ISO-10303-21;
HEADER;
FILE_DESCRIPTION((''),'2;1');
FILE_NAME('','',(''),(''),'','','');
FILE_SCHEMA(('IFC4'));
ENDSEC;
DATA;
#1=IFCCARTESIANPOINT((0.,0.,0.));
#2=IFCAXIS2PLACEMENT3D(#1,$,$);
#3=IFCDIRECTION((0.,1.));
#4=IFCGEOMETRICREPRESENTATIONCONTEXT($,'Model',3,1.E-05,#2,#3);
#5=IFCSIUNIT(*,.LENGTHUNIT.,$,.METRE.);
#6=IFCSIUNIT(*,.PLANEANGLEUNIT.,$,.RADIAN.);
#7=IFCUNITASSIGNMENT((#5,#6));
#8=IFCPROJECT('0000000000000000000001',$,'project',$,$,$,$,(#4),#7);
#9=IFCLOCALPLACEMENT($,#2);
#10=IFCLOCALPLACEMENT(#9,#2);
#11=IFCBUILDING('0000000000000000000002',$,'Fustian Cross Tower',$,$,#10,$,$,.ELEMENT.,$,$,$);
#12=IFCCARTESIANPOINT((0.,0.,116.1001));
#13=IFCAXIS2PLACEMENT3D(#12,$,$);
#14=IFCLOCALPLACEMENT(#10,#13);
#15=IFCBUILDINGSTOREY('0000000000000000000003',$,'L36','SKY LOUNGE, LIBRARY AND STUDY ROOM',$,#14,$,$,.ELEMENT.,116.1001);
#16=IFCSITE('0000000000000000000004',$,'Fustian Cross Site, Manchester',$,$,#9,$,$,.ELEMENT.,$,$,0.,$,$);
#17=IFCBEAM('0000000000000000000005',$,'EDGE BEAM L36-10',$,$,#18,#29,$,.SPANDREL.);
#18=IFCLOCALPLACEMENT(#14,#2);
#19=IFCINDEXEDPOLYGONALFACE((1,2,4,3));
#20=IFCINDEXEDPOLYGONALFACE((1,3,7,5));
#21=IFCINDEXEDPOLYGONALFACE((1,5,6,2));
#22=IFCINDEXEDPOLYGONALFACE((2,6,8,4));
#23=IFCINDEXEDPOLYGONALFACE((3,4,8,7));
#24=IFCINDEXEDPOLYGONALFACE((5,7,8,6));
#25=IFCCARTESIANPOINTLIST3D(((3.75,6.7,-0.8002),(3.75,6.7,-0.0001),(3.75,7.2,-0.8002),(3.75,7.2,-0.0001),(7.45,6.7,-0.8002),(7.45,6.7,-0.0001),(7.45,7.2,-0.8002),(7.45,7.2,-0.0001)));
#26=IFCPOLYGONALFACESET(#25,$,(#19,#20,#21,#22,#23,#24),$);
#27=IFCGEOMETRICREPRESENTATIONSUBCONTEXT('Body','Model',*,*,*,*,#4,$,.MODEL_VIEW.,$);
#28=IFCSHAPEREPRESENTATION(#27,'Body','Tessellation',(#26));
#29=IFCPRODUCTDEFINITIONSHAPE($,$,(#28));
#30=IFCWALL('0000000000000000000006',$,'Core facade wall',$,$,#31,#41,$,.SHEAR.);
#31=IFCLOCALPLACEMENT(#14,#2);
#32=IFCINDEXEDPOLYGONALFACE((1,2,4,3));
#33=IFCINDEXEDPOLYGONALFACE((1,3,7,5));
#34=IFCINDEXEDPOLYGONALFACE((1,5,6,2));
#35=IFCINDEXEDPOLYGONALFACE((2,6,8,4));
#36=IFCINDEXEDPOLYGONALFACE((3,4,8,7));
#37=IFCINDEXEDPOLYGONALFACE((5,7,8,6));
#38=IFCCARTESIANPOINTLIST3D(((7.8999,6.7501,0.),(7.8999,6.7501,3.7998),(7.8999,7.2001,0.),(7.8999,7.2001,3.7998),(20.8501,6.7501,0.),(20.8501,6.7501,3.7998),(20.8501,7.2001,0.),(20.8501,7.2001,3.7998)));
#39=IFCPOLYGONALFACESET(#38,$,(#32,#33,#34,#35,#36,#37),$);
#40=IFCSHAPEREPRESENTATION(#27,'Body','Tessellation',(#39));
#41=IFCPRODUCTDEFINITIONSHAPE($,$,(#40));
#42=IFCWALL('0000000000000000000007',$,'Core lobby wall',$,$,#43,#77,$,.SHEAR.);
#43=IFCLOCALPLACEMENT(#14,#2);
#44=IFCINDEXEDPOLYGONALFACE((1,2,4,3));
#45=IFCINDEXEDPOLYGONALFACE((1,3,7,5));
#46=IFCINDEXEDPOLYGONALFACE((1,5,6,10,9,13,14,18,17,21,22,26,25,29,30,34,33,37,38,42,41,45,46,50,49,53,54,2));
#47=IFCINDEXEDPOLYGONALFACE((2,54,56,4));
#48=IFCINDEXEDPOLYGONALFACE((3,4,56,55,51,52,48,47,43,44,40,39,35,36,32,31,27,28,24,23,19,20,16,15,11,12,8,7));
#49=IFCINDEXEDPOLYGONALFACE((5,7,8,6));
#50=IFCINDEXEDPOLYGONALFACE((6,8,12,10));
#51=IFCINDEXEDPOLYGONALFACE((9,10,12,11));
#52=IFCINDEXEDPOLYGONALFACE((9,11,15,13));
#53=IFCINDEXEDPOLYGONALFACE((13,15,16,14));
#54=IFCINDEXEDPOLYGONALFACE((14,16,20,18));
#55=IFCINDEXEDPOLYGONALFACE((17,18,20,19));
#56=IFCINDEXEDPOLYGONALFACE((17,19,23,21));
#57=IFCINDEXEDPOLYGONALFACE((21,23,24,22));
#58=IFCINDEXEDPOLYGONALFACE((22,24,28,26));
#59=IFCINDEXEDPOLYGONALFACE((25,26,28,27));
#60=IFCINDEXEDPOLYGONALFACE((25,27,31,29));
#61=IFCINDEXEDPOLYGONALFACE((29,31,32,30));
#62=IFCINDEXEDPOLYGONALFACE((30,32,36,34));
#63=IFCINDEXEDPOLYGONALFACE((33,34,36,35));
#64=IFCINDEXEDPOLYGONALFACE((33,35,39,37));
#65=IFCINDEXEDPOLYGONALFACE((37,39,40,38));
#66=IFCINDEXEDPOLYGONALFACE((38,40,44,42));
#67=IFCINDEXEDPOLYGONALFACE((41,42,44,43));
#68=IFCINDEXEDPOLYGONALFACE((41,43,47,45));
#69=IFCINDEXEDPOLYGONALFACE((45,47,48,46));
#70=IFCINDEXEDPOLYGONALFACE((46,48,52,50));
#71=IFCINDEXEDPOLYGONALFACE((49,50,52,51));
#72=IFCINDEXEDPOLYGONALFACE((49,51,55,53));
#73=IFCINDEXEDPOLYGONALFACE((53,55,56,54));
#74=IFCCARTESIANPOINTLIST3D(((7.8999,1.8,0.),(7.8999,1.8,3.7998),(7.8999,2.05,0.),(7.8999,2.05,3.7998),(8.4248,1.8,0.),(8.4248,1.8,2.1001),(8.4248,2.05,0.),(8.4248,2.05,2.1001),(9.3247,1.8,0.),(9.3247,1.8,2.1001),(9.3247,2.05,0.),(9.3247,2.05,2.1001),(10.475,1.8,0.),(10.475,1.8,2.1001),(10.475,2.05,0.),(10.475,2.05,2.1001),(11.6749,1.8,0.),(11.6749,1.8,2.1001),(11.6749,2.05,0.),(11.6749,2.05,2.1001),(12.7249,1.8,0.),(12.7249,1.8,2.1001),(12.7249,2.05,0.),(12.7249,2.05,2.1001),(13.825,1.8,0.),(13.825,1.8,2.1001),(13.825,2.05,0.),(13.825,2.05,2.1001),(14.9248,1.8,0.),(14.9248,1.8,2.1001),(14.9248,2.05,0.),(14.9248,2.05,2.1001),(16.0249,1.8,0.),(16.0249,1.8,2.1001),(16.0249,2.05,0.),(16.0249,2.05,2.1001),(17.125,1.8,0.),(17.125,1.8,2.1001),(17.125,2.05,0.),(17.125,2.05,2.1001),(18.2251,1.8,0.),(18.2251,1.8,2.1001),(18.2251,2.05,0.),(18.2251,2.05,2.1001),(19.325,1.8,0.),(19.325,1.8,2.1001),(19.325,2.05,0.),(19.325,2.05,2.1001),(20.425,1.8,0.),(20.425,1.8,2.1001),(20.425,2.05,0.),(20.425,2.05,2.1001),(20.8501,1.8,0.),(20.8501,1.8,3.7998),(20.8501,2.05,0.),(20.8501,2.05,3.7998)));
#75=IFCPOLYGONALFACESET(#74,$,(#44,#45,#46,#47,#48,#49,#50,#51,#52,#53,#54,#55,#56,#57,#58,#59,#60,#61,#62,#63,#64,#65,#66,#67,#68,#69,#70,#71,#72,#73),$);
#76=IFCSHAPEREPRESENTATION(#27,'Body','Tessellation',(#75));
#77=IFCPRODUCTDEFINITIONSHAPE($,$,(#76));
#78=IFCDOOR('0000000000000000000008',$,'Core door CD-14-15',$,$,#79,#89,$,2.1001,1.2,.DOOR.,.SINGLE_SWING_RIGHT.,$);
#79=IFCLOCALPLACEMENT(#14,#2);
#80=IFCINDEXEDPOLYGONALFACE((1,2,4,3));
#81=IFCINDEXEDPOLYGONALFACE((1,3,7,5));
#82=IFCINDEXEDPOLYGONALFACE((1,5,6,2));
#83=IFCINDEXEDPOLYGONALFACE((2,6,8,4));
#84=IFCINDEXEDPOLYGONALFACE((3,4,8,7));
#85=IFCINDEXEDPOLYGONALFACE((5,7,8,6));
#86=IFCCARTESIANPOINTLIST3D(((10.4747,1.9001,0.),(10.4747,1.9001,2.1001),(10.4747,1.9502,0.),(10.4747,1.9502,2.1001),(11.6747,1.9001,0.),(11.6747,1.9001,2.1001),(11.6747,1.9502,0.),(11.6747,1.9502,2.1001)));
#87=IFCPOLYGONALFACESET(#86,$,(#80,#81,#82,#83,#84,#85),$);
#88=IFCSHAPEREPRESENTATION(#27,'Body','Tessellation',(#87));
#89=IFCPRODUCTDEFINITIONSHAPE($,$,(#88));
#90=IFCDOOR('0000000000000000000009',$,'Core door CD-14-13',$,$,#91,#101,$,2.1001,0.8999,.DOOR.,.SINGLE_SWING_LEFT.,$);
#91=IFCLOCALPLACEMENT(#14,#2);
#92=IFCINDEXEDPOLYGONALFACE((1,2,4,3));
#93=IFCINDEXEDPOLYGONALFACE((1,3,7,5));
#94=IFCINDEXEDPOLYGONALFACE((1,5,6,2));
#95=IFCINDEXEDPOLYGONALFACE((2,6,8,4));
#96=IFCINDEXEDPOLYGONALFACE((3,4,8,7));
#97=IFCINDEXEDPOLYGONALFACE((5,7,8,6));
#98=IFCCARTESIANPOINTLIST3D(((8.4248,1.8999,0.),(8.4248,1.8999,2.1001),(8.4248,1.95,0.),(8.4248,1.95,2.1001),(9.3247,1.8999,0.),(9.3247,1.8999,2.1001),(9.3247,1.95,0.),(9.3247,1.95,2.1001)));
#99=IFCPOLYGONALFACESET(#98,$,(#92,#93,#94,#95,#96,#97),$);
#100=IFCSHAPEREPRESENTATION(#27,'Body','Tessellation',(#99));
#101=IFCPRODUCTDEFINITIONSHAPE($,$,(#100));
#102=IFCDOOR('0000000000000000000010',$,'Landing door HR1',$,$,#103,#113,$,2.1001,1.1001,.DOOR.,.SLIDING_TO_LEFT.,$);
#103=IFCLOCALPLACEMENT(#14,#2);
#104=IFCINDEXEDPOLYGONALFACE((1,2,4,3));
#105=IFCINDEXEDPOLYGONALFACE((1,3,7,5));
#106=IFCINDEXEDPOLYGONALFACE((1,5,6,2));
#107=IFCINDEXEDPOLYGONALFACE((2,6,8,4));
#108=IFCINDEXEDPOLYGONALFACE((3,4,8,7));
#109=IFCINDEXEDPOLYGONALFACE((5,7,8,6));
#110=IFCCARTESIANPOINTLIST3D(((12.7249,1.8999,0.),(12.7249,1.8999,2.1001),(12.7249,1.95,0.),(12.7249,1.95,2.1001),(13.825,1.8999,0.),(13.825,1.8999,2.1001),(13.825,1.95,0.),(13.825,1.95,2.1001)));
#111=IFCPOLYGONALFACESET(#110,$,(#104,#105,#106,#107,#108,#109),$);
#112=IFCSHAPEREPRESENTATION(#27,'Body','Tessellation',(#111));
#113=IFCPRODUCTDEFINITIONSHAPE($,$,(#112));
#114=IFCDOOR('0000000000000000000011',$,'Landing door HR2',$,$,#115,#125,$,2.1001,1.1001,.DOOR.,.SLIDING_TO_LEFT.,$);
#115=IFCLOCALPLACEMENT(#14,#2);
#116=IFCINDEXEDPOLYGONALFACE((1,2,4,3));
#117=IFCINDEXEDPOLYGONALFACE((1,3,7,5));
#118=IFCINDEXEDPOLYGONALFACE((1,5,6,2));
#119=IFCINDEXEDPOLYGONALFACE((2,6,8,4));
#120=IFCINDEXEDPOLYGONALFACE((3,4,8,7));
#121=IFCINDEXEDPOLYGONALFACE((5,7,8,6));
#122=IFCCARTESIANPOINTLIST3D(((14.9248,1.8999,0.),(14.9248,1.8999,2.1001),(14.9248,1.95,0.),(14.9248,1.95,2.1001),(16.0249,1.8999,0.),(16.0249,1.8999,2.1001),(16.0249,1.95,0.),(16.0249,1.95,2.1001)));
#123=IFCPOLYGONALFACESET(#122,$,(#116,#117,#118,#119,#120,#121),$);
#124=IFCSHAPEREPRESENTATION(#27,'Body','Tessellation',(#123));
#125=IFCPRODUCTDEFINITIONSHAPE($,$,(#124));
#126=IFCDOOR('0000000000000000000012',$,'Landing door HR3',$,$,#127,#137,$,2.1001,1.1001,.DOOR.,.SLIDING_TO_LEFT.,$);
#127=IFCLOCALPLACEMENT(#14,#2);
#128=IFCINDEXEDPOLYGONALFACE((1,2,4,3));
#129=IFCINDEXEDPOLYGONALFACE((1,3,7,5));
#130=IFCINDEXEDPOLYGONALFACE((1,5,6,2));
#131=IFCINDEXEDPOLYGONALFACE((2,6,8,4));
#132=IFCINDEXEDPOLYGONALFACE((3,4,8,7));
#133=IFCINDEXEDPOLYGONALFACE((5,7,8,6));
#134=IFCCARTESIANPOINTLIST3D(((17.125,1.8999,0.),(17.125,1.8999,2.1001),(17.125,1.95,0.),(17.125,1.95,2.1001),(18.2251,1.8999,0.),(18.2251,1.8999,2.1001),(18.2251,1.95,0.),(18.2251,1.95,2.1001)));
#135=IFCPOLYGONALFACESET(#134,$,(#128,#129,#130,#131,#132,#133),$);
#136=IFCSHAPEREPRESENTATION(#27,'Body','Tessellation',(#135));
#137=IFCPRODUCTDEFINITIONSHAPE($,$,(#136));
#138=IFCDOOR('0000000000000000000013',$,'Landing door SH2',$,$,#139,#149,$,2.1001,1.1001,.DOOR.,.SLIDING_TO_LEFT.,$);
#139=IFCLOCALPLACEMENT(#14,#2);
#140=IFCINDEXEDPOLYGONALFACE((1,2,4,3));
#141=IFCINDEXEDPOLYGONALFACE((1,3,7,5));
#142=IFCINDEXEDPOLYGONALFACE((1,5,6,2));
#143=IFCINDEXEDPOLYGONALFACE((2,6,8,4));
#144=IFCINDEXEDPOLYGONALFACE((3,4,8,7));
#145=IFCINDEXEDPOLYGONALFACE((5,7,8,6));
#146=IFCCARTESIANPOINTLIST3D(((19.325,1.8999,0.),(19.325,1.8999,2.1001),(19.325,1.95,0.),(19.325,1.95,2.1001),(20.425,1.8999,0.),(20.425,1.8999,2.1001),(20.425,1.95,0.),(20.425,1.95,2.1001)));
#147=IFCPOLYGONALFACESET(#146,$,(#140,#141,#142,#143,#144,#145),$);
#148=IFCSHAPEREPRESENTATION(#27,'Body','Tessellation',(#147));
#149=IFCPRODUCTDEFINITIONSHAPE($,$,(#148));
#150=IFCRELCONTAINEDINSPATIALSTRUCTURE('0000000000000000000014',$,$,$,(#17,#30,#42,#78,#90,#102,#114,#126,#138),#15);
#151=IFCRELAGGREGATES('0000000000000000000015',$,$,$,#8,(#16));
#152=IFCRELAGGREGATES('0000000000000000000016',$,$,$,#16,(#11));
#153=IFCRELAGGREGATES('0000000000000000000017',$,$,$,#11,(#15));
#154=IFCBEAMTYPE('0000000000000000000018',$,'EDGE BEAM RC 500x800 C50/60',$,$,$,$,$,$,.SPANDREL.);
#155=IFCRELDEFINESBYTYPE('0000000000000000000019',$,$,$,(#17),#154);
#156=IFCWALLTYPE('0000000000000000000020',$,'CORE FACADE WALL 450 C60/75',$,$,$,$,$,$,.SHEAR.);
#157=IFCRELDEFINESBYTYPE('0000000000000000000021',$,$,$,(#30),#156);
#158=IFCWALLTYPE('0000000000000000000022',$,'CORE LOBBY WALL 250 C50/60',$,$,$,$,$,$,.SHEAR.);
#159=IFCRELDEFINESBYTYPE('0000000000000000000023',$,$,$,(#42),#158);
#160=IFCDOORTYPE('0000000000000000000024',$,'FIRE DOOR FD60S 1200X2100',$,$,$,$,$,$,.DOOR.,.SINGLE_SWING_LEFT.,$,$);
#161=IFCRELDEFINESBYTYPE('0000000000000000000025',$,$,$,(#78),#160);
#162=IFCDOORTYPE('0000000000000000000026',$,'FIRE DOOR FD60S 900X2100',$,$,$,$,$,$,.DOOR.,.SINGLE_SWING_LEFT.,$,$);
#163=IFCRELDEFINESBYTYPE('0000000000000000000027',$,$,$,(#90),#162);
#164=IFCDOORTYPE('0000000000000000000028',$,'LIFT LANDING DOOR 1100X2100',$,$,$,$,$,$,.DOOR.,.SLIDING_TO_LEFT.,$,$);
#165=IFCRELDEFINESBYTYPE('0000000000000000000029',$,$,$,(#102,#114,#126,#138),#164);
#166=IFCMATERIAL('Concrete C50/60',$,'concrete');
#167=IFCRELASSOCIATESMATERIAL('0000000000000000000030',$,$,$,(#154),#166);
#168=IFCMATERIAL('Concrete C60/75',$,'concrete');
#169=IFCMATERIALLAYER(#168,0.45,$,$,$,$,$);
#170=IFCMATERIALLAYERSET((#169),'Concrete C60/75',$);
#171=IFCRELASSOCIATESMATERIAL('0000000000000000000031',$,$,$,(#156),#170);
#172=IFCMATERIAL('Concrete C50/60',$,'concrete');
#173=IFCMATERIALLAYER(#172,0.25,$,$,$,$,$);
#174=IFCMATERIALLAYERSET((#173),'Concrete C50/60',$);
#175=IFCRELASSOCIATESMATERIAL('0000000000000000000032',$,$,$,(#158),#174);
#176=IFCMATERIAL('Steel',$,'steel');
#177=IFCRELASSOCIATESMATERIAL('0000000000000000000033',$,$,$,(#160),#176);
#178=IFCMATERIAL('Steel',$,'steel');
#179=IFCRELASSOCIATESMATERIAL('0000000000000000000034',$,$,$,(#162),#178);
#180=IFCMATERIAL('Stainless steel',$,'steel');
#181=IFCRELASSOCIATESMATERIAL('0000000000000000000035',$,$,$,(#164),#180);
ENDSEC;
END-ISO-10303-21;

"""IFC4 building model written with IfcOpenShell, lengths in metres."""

from ifc_helpers import new_model, si_unit, direction, frame, frame_2d, origin, origin_2d, place, context, subcontext, project, spatial, rectangle, extrude, material, layer, layer_set, material_profile, profile_set, type_object, element, fill, save


model = new_model("IFC4")

# Units and contexts
model_context = context("Model", 3, precision=1e-05, world=origin(), true_north=direction((0.0, 1.0)))
body_context = subcontext(model_context, "Body", "Model", "MODEL_VIEW")
ifc_project = project(units=[si_unit("LENGTHUNIT", "METRE"), si_unit("PLANEANGLEUNIT", "RADIAN")], contexts=[model_context])

# Site, building, storey
site_placement = place(None, origin())
site = spatial("IfcSite", under=ifc_project, at=site_placement, Name="Fustian Cross Site, Manchester", CompositionType="ELEMENT", RefElevation=0.0)
building_placement = place(site_placement, origin())
building = spatial("IfcBuilding", under=site, at=building_placement, Name="Fustian Cross Tower", CompositionType="ELEMENT")
storey_placement = place(building_placement, frame((0.0, 0.0, 116.1001)))
storey = spatial("IfcBuildingStorey", under=building, at=storey_placement, Name="L36", Description="SKY LOUNGE, LIBRARY AND STUDY ROOM", CompositionType="ELEMENT", Elevation=116.1001)

# Beam
ifc_material_1 = material(Name="Concrete C50/60", Category="concrete")
ifc_material_profile_1 = material_profile(ifc_material_1, rectangle(XDim=0.5, YDim=0.8, at=origin_2d()), Name="RC 500x800")
ifc_profile_set_1 = profile_set([ifc_material_profile_1], Name="Concrete C50/60")
beam_type = type_object("IfcBeamType", Name="EDGE BEAM RC 500x800 C50/60", PredefinedType="SPANDREL", material=ifc_profile_set_1)
beam_placement = place(storey_placement, frame((7.45, 6.95, -0.4001), z_axis=(-1.0, 0.0, 0.0), x_axis=(0.0, -1.0, 0.0)))
element("IfcBeam", 1, at=beam_placement, inside=storey, type_object=beam_type, Name="EDGE BEAM L36-10", PredefinedType="SPANDREL", context=body_context, shape_type="SweptSolid", body=[
    extrude(rectangle(XDim=0.5, YDim=0.8, at=origin_2d()), origin(), (0.0, 0.0, 1.0), 3.7),
])

# Wall
ifc_material_2 = material(Name="Concrete C60/75", Category="concrete")
ifc_layer_1 = layer(ifc_material_2, 0.45)
ifc_layer_set_1 = layer_set([ifc_layer_1], Name="Concrete C60/75")
wall_type_1 = type_object("IfcWallType", Name="CORE FACADE WALL 450 C60/75", PredefinedType="SHEAR", material=ifc_layer_set_1)
wall_1_placement = place(storey_placement, frame((7.8999, 6.9751, 0.0), z_axis=(0.0, 0.0, 1.0), x_axis=(1.0, 0.0, 0.0)))
element("IfcWall", 2, at=wall_1_placement, inside=storey, type_object=wall_type_1, Name="Core facade wall", PredefinedType="SHEAR", context=body_context, shape_type="SweptSolid", body=[
    extrude(rectangle(XDim=12.9502, YDim=0.45, at=frame_2d((6.4751, 0.0))), origin(), (0.0, 0.0, 1.0), 3.7998),
])

# Wall, openings, doors
ifc_material_3 = material(Name="Concrete C50/60", Category="concrete")
ifc_layer_2 = layer(ifc_material_3, 0.25)
ifc_layer_set_2 = layer_set([ifc_layer_2], Name="Concrete C50/60")
wall_type_2 = type_object("IfcWallType", Name="CORE LOBBY WALL 250 C50/60", PredefinedType="SHEAR", material=ifc_layer_set_2)
wall_2_placement = place(storey_placement, frame((7.8999, 1.925, 0.0), z_axis=(0.0, 0.0, 1.0), x_axis=(1.0, 0.0, 0.0)))
wall_2 = element("IfcWall", 3, at=wall_2_placement, inside=storey, type_object=wall_type_2, Name="Core lobby wall", PredefinedType="SHEAR", context=body_context, shape_type="SweptSolid", body=[
    extrude(rectangle(XDim=12.9502, YDim=0.25, at=frame_2d((6.4751, 0.0))), origin(), (0.0, 0.0, 1.0), 3.7998),
])
opening_1_placement = place(wall_2_placement, frame((4.825, 0.0, 0.0)))
opening_1 = element("IfcOpeningElement", 4, at=opening_1_placement, cuts=wall_2, PredefinedType="OPENING", context=body_context, shape_type="SweptSolid", body=[
    extrude(rectangle(XDim=1.1001, YDim=2.1001, at=frame_2d((0.55, 1.05))), frame((0.0, 0.135, 0.0), z_axis=(0.0, -1.0, 0.0), x_axis=(1.0, 0.0, 0.0)), (0.0, 0.0, 1.0), 0.27),
])
opening_2_placement = place(wall_2_placement, frame((7.0249, 0.0, 0.0)))
opening_2 = element("IfcOpeningElement", 5, at=opening_2_placement, cuts=wall_2, PredefinedType="OPENING", context=body_context, shape_type="SweptSolid", body=[
    extrude(rectangle(XDim=1.1001, YDim=2.1001, at=frame_2d((0.55, 1.05))), frame((0.0, 0.135, 0.0), z_axis=(0.0, -1.0, 0.0), x_axis=(1.0, 0.0, 0.0)), (0.0, 0.0, 1.0), 0.27),
])
opening_3_placement = place(wall_2_placement, frame((9.2251, 0.0, 0.0)))
opening_3 = element("IfcOpeningElement", 6, at=opening_3_placement, cuts=wall_2, PredefinedType="OPENING", context=body_context, shape_type="SweptSolid", body=[
    extrude(rectangle(XDim=1.1001, YDim=2.1001, at=frame_2d((0.55, 1.05))), frame((0.0, 0.135, 0.0), z_axis=(0.0, -1.0, 0.0), x_axis=(1.0, 0.0, 0.0)), (0.0, 0.0, 1.0), 0.27),
])
opening_4_placement = place(wall_2_placement, frame((11.425, 0.0, 0.0)))
opening_4 = element("IfcOpeningElement", 7, at=opening_4_placement, cuts=wall_2, PredefinedType="OPENING", context=body_context, shape_type="SweptSolid", body=[
    extrude(rectangle(XDim=1.1001, YDim=2.1001, at=frame_2d((0.55, 1.05))), frame((0.0, 0.135, 0.0), z_axis=(0.0, -1.0, 0.0), x_axis=(1.0, 0.0, 0.0)), (0.0, 0.0, 1.0), 0.27),
])
opening_5_placement = place(wall_2_placement, frame((0.5249, 0.0, 0.0)))
opening_5 = element("IfcOpeningElement", 8, at=opening_5_placement, cuts=wall_2, PredefinedType="OPENING", context=body_context, shape_type="SweptSolid", body=[
    extrude(rectangle(XDim=0.8999, YDim=2.1001, at=frame_2d((0.45, 1.05))), frame((0.0, 0.135, 0.0), z_axis=(0.0, -1.0, 0.0), x_axis=(1.0, 0.0, 0.0)), (0.0, 0.0, 1.0), 0.27),
])
opening_6_placement = place(wall_2_placement, frame((2.575, 0.0, 0.0)))
opening_6 = element("IfcOpeningElement", 9, at=opening_6_placement, cuts=wall_2, PredefinedType="OPENING", context=body_context, shape_type="SweptSolid", body=[
    extrude(rectangle(XDim=1.2, YDim=2.1001, at=frame_2d((0.6001, 1.05))), frame((0.0, 0.135, 0.0), z_axis=(0.0, -1.0, 0.0), x_axis=(1.0, 0.0, 0.0)), (0.0, 0.0, 1.0), 0.27),
])
ifc_material_4 = material(Name="Steel", Category="steel")
door_type_1 = type_object("IfcDoorType", Name="FIRE DOOR FD60S 1200X2100", OperationType="SINGLE_SWING_LEFT", PredefinedType="DOOR", material=ifc_material_4)
door_1_placement = place(opening_6_placement, frame((1.2, 0.0, 0.0), z_axis=(0.0, 0.0, 1.0), x_axis=(-1.0, 0.0, 0.0)))
door_1 = element("IfcDoor", 10, at=door_1_placement, inside=storey, type_object=door_type_1, Name="Core door CD-14-15", OperationType="SINGLE_SWING_RIGHT", OverallHeight=2.1001, OverallWidth=1.2, PredefinedType="DOOR", context=body_context, shape_type="SweptSolid", body=[
    extrude(rectangle(XDim=1.2, YDim=2.1001, at=frame_2d((0.6001, 1.05))), frame((0.0, 0.0249, 0.0), z_axis=(0.0, -1.0, 0.0), x_axis=(1.0, 0.0, 0.0)), (0.0, 0.0, 1.0), 0.05),
])
fill(opening_6, door_1)
ifc_material_5 = material(Name="Steel", Category="steel")
door_type_2 = type_object("IfcDoorType", Name="FIRE DOOR FD60S 900X2100", OperationType="SINGLE_SWING_LEFT", PredefinedType="DOOR", material=ifc_material_5)
door_2_placement = place(opening_5_placement, origin())
door_2 = element("IfcDoor", 11, at=door_2_placement, inside=storey, type_object=door_type_2, Name="Core door CD-14-13", OperationType="SINGLE_SWING_LEFT", OverallHeight=2.1001, OverallWidth=0.8999, PredefinedType="DOOR", context=body_context, shape_type="SweptSolid", body=[
    extrude(rectangle(XDim=0.8999, YDim=2.1001, at=frame_2d((0.45, 1.05))), frame((0.0, 0.0249, 0.0), z_axis=(0.0, -1.0, 0.0), x_axis=(1.0, 0.0, 0.0)), (0.0, 0.0, 1.0), 0.05),
])
fill(opening_5, door_2)
ifc_material_6 = material(Name="Stainless steel", Category="steel")
door_type_3 = type_object("IfcDoorType", Name="LIFT LANDING DOOR 1100X2100", OperationType="SLIDING_TO_LEFT", PredefinedType="DOOR", material=ifc_material_6)
door_3_placement = place(opening_1_placement, origin())
door_3 = element("IfcDoor", 12, at=door_3_placement, inside=storey, type_object=door_type_3, Name="Landing door HR1", OperationType="SLIDING_TO_LEFT", OverallHeight=2.1001, OverallWidth=1.1001, PredefinedType="DOOR", context=body_context, shape_type="SweptSolid", body=[
    extrude(rectangle(XDim=1.1001, YDim=2.1001, at=frame_2d((0.55, 1.05))), frame((0.0, 0.0249, 0.0), z_axis=(0.0, -1.0, 0.0), x_axis=(1.0, 0.0, 0.0)), (0.0, 0.0, 1.0), 0.05),
])
fill(opening_1, door_3)
door_4_placement = place(opening_2_placement, origin())
door_4 = element("IfcDoor", 13, at=door_4_placement, inside=storey, type_object=door_type_3, Name="Landing door HR2", OperationType="SLIDING_TO_LEFT", OverallHeight=2.1001, OverallWidth=1.1001, PredefinedType="DOOR", context=body_context, shape_type="SweptSolid", body=[
    extrude(rectangle(XDim=1.1001, YDim=2.1001, at=frame_2d((0.55, 1.05))), frame((0.0, 0.0249, 0.0), z_axis=(0.0, -1.0, 0.0), x_axis=(1.0, 0.0, 0.0)), (0.0, 0.0, 1.0), 0.05),
])
fill(opening_2, door_4)
door_5_placement = place(opening_3_placement, origin())
door_5 = element("IfcDoor", 14, at=door_5_placement, inside=storey, type_object=door_type_3, Name="Landing door HR3", OperationType="SLIDING_TO_LEFT", OverallHeight=2.1001, OverallWidth=1.1001, PredefinedType="DOOR", context=body_context, shape_type="SweptSolid", body=[
    extrude(rectangle(XDim=1.1001, YDim=2.1001, at=frame_2d((0.55, 1.05))), frame((0.0, 0.0249, 0.0), z_axis=(0.0, -1.0, 0.0), x_axis=(1.0, 0.0, 0.0)), (0.0, 0.0, 1.0), 0.05),
])
fill(opening_3, door_5)
door_6_placement = place(opening_4_placement, origin())
door_6 = element("IfcDoor", 15, at=door_6_placement, inside=storey, type_object=door_type_3, Name="Landing door SH2", OperationType="SLIDING_TO_LEFT", OverallHeight=2.1001, OverallWidth=1.1001, PredefinedType="DOOR", context=body_context, shape_type="SweptSolid", body=[
    extrude(rectangle(XDim=1.1001, YDim=2.1001, at=frame_2d((0.55, 1.05))), frame((0.0, 0.0249, 0.0), z_axis=(0.0, -1.0, 0.0), x_axis=(1.0, 0.0, 0.0)), (0.0, 0.0, 1.0), 0.05),
])
fill(opening_4, door_6)

save(model, "model.ifc")
